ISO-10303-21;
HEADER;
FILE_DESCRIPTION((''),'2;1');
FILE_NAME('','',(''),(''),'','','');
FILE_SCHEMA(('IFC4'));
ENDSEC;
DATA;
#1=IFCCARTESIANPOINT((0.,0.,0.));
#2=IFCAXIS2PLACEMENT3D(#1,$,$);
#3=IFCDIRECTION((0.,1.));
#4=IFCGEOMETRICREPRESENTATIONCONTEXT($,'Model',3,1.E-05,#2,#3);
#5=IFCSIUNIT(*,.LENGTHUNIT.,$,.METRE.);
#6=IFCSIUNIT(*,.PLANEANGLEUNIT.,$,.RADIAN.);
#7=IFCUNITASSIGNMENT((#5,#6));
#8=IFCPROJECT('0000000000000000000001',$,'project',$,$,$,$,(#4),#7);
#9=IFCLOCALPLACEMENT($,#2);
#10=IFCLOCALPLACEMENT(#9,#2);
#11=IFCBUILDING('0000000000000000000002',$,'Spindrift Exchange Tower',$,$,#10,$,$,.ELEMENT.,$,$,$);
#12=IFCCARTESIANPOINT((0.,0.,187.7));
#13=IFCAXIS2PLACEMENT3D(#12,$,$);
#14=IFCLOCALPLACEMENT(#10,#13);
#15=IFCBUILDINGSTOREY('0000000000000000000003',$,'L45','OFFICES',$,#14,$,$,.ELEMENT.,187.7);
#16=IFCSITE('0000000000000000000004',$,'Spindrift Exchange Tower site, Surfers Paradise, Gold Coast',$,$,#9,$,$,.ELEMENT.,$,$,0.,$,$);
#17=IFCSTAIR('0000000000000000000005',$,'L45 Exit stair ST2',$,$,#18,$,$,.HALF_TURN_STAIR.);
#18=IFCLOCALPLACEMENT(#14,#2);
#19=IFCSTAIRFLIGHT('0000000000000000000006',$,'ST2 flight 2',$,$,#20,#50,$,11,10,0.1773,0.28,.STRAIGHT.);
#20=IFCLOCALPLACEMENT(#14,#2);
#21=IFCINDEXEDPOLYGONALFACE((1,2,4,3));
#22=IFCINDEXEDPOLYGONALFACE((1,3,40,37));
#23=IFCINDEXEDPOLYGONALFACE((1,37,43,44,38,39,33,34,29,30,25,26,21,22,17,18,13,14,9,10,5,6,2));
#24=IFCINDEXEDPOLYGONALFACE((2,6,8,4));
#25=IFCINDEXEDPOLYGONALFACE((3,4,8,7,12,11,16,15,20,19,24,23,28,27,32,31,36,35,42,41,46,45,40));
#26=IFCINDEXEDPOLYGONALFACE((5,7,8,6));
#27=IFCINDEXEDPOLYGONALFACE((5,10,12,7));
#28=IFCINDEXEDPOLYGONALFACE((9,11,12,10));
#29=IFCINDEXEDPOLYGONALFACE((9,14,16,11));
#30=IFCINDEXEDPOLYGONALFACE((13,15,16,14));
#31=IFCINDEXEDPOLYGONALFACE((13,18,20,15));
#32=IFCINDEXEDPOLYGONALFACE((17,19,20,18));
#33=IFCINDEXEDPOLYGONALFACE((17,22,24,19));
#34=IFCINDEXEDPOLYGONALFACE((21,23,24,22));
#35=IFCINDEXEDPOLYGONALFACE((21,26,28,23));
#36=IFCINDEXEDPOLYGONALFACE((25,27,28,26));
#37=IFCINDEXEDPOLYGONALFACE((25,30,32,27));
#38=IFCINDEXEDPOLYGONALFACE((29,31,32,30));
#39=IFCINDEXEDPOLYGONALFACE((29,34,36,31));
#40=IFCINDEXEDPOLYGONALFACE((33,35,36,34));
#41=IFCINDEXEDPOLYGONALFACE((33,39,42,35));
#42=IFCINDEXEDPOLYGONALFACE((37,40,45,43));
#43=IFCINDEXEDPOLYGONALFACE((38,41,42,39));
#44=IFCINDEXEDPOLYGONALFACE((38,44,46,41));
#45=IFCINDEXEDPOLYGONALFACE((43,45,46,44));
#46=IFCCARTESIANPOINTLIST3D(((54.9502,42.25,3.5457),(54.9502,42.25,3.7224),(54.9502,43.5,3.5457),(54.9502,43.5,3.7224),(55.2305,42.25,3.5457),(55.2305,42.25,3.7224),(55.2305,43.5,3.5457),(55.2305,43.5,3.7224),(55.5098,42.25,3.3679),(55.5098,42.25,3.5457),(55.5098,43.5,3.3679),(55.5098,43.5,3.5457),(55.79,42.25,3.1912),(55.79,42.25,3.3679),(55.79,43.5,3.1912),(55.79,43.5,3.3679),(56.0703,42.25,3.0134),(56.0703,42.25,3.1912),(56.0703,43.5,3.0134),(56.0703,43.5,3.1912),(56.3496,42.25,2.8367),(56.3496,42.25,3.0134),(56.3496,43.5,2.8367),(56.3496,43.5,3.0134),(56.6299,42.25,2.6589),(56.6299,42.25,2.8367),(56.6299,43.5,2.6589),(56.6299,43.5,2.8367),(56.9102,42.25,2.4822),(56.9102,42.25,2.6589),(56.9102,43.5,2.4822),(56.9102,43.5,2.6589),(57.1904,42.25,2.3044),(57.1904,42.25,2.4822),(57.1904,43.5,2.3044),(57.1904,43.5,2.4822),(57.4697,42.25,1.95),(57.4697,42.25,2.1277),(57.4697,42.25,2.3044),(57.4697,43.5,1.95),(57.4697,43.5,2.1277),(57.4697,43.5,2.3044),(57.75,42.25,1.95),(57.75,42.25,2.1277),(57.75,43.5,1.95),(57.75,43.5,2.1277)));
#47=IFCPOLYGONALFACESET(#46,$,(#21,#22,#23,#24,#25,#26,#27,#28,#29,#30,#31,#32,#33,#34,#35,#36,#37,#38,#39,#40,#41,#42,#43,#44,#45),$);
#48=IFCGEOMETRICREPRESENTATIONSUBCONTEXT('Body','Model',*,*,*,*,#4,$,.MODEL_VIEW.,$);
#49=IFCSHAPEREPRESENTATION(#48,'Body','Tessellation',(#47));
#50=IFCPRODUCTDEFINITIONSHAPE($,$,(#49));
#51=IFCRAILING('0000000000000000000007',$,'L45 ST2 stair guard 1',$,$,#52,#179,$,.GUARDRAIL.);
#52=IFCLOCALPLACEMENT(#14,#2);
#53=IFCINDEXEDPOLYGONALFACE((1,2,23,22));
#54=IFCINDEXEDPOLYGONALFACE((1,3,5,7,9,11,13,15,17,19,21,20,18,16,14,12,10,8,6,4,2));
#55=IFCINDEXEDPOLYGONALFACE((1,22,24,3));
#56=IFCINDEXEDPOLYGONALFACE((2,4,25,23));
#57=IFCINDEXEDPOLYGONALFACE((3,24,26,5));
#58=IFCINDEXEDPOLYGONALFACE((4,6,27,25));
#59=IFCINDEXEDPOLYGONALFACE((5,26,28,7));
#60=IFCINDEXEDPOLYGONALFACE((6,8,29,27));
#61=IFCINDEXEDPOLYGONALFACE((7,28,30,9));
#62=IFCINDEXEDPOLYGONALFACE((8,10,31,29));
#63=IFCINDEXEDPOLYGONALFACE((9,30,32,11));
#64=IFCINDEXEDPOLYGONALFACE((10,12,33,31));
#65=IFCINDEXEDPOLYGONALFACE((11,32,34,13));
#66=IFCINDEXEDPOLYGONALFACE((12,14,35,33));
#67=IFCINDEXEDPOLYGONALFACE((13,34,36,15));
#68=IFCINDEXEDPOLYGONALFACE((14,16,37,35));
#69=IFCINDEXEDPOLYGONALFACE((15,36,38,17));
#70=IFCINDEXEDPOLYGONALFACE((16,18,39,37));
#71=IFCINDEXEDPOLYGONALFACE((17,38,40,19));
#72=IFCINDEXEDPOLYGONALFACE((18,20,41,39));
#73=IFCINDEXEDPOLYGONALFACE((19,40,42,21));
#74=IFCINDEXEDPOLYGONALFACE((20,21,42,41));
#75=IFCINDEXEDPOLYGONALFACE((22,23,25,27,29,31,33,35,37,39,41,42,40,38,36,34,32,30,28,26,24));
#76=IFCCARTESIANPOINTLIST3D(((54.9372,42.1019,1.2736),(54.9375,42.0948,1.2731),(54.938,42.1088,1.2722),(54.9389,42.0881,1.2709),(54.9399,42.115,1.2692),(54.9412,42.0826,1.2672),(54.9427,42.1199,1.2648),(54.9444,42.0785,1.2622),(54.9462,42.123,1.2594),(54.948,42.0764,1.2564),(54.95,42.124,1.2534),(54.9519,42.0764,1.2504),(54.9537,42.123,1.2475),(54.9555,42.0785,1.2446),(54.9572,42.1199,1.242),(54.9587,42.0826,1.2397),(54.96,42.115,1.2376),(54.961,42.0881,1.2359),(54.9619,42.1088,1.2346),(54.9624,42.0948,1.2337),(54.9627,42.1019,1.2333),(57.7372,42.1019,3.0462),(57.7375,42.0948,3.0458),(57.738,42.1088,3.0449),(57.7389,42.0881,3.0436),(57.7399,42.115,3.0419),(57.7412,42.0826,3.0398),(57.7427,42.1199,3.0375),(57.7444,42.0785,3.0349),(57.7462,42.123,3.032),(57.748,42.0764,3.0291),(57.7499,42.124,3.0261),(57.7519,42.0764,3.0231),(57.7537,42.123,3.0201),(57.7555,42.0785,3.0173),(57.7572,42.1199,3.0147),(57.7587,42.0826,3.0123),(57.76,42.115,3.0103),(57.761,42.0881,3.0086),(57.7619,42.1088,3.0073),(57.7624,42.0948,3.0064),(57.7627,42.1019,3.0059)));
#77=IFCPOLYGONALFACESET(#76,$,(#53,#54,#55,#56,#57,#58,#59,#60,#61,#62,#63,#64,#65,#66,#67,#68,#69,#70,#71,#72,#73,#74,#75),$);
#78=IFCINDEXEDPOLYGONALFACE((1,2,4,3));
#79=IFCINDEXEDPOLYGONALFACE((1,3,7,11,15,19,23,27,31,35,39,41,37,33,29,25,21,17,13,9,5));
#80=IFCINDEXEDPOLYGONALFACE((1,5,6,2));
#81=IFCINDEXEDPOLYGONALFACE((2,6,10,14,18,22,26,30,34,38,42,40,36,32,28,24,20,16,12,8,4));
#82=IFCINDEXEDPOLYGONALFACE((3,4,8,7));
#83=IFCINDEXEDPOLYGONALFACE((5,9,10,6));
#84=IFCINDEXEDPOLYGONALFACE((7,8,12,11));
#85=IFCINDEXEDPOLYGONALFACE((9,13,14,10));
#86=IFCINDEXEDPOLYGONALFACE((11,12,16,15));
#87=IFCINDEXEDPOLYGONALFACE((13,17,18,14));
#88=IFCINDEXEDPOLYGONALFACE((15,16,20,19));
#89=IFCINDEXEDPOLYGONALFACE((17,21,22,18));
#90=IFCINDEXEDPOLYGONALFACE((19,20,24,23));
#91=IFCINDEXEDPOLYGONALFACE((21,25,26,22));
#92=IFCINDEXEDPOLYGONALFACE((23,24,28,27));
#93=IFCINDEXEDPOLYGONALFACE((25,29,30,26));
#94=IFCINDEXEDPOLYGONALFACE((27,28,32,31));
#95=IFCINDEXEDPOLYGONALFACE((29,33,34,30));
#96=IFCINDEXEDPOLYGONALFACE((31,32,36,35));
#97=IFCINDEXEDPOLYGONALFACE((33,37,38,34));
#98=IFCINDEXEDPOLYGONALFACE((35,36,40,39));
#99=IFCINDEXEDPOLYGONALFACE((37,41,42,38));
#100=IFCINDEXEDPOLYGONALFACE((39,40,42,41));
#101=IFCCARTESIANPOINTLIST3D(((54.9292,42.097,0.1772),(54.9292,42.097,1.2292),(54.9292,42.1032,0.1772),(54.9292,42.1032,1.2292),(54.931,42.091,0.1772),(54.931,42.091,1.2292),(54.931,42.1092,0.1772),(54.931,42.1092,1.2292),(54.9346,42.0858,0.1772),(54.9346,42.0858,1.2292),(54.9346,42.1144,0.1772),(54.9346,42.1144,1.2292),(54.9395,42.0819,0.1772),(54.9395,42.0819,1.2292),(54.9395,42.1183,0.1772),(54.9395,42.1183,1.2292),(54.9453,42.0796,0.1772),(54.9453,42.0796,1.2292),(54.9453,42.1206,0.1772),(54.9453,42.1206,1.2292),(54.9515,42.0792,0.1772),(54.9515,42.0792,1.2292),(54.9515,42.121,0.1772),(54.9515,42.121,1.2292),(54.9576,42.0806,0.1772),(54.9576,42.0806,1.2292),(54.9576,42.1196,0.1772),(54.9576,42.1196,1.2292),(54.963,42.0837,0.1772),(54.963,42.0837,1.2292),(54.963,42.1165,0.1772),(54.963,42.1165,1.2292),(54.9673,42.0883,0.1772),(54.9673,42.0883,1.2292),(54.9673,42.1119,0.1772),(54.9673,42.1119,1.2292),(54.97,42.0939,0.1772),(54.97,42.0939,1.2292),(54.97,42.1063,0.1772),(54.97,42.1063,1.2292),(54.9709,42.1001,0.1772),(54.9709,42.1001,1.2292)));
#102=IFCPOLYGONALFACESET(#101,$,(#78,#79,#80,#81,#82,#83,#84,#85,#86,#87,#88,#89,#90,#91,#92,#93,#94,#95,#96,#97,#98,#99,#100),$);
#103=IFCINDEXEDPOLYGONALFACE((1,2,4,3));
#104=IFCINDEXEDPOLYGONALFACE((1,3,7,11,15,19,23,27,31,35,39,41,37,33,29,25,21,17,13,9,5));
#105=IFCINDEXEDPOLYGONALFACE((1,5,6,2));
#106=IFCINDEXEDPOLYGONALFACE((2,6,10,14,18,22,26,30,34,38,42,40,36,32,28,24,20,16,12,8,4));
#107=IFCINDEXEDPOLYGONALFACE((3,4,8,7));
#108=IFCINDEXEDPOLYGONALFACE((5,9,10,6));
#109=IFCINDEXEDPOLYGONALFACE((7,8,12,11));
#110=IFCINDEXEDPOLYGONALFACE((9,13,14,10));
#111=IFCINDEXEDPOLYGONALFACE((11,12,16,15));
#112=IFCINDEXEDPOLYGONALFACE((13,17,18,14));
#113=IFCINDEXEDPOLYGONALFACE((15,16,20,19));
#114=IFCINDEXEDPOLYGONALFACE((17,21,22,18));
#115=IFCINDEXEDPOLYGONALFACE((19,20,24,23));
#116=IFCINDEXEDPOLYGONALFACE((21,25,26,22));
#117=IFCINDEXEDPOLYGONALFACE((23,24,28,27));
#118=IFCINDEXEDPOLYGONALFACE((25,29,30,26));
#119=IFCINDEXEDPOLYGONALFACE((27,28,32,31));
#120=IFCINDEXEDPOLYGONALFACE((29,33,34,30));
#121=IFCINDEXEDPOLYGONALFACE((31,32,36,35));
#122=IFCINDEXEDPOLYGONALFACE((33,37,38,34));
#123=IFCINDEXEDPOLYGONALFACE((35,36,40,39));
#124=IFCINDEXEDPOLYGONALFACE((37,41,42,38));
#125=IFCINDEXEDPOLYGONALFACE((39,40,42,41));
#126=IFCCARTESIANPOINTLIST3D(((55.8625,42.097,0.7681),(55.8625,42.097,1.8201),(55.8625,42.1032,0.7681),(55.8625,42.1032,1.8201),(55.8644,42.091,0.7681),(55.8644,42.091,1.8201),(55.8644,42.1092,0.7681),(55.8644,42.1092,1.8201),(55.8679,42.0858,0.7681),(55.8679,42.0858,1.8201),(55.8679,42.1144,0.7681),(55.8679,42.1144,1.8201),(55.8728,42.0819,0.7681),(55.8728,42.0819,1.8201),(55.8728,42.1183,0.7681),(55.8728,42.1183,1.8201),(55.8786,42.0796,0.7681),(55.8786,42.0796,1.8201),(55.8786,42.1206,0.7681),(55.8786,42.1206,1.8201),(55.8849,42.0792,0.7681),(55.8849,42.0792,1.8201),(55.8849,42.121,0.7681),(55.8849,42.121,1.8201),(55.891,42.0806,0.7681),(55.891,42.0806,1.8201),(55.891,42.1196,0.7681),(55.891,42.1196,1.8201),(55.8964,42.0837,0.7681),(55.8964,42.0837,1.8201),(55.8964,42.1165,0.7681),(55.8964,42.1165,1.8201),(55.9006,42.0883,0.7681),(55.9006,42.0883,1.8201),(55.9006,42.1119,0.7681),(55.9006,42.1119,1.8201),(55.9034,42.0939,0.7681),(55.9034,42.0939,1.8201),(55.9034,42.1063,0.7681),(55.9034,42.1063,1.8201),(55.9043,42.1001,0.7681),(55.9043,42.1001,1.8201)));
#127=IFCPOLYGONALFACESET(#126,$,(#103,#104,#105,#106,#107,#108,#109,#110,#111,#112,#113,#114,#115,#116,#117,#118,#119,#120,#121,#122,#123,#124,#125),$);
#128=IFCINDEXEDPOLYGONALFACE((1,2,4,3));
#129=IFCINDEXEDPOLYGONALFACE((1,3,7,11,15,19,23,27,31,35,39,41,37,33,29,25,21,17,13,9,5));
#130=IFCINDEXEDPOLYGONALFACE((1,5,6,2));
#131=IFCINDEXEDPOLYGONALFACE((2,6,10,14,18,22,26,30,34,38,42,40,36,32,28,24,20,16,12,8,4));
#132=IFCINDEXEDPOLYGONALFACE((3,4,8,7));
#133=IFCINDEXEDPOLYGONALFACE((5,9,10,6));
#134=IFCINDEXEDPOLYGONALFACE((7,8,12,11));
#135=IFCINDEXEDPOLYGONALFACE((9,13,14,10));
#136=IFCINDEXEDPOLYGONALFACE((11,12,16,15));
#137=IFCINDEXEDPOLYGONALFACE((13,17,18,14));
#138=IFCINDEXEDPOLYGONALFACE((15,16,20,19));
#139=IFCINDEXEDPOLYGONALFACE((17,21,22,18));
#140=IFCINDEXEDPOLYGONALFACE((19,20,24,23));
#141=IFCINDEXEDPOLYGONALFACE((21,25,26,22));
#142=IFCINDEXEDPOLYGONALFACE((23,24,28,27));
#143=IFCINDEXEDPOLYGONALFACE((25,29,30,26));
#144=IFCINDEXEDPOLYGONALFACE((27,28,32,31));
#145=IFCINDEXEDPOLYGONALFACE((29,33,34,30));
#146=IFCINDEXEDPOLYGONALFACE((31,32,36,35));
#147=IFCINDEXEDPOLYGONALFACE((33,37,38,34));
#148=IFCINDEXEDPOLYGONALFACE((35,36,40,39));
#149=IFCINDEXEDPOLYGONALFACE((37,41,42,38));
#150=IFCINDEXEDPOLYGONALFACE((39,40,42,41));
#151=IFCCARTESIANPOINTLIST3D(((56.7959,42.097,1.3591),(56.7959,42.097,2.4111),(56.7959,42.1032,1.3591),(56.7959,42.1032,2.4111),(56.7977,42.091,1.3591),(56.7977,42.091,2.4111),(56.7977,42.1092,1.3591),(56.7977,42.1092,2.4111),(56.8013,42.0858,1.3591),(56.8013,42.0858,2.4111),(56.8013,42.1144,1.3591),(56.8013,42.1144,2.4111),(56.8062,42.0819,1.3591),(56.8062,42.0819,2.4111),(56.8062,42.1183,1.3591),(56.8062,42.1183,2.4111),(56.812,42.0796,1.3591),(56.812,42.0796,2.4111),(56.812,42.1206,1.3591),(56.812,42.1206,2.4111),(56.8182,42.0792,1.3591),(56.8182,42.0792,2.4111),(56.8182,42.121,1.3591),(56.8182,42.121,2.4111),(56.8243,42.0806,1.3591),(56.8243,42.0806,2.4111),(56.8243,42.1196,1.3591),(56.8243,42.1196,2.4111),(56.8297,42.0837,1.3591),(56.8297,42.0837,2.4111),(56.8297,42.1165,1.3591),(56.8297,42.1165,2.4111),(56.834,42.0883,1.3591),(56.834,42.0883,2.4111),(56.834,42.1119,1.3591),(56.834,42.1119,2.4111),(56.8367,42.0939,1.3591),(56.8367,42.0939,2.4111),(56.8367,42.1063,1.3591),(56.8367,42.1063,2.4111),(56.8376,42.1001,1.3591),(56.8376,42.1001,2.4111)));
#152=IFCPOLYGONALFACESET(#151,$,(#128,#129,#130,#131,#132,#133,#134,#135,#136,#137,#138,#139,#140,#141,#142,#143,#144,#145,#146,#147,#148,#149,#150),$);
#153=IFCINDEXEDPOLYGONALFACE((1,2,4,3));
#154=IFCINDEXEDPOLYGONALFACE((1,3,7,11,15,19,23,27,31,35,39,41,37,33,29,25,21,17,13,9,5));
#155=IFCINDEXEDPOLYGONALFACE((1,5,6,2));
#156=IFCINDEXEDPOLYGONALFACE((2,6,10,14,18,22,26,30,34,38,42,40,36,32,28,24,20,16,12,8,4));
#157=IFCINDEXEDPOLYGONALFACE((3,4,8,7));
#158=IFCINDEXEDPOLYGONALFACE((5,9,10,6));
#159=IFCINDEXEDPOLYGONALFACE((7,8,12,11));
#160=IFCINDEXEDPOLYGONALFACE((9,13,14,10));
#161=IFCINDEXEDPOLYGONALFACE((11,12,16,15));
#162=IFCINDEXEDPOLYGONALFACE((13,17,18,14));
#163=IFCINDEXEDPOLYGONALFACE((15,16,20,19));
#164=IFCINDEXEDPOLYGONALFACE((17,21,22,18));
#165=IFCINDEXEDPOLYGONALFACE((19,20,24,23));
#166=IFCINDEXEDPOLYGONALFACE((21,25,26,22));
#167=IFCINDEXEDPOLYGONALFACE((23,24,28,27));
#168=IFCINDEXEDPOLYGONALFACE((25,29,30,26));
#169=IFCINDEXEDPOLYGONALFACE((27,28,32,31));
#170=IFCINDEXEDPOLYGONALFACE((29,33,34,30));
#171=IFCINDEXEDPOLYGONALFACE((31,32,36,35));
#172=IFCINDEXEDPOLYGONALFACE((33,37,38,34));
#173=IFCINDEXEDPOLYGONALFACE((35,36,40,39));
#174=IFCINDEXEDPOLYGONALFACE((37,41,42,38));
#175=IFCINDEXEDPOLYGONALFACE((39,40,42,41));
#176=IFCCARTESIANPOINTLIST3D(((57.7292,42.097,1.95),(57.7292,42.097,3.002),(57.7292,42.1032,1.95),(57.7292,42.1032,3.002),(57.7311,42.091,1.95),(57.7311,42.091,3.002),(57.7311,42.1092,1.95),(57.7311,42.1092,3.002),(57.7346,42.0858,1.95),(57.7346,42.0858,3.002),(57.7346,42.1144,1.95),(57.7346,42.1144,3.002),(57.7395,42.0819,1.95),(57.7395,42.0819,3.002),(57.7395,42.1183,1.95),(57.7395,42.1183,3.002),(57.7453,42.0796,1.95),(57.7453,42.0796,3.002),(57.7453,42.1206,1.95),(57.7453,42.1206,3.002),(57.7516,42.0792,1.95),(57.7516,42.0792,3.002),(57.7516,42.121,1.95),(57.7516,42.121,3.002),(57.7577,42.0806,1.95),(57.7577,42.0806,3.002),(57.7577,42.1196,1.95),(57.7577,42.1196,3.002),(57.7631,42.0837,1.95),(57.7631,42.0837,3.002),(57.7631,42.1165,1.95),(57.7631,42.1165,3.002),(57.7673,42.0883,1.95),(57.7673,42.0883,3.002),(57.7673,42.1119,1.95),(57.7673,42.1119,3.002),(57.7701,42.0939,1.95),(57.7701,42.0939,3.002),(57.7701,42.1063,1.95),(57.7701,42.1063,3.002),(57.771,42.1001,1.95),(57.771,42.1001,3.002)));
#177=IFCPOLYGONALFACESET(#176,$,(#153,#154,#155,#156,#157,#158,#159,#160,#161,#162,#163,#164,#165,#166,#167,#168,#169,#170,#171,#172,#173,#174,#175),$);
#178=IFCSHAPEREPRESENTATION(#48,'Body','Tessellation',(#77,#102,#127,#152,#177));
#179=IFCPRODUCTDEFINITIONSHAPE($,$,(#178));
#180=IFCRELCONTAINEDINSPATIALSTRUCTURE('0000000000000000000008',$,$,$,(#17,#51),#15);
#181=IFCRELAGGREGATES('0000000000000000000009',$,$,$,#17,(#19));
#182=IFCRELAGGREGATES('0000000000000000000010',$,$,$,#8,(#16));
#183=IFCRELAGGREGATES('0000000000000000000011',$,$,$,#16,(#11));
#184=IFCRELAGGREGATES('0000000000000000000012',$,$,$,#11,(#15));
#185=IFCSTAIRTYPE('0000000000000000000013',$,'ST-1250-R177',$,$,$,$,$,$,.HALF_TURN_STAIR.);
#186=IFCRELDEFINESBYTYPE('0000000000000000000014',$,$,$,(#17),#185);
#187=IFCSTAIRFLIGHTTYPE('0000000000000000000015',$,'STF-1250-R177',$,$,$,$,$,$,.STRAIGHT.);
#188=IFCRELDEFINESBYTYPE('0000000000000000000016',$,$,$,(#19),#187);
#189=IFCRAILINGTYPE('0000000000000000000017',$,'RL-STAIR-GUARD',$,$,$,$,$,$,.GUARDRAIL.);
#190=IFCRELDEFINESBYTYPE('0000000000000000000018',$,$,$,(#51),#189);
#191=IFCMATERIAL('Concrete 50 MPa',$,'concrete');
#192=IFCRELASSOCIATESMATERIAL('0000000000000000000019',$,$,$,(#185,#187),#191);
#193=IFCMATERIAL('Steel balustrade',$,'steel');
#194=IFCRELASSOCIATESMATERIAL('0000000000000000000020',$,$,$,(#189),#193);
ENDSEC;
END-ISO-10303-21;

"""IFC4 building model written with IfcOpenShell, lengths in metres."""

from ifc_helpers import new_model, si_unit, direction, frame, origin, origin_2d, place, context, subcontext, project, spatial, line, indexed_curve, circle, outline, extrude, material, type_object, element, aggregate, save


model = new_model("IFC4")

# Units and contexts
model_context = context("Model", 3, precision=1e-05, world=origin(), true_north=direction((0.0, 1.0)))
body_context = subcontext(model_context, "Body", "Model", "MODEL_VIEW")
ifc_project = project(units=[si_unit("LENGTHUNIT", "METRE"), si_unit("PLANEANGLEUNIT", "RADIAN")], contexts=[model_context])

# Site, building, storey
site_placement = place(None, origin())
site = spatial("IfcSite", under=ifc_project, at=site_placement, Name="Spindrift Exchange Tower site, Surfers Paradise, Gold Coast", CompositionType="ELEMENT", RefElevation=0.0)
building_placement = place(site_placement, origin())
building = spatial("IfcBuilding", under=site, at=building_placement, Name="Spindrift Exchange Tower", CompositionType="ELEMENT")
storey_placement = place(building_placement, frame((0.0, 0.0, 187.7)))
storey = spatial("IfcBuildingStorey", under=building, at=storey_placement, Name="L45", Description="OFFICES", CompositionType="ELEMENT", Elevation=187.7)

# Stair, stair flight
ifc_material_1 = material(Name="Concrete 50 MPa", Category="concrete")
stair_type = type_object("IfcStairType", Name="ST-1250-R177", PredefinedType="HALF_TURN_STAIR", material=ifc_material_1)
stair_placement = place(storey_placement, origin())
stair = element("IfcStair", 1, at=stair_placement, inside=storey, type_object=stair_type, Name="L45 Exit stair ST2", PredefinedType="HALF_TURN_STAIR")
stair_flight_type = type_object("IfcStairFlightType", Name="STF-1250-R177", PredefinedType="STRAIGHT", material=ifc_material_1)
stair_flight_1_placement = place(storey_placement, frame((57.75, 42.875, 1.95), z_axis=(0.0, 0.0, 1.0), x_axis=(-1.0, 0.0, 0.0)))
stair_flight_1 = element("IfcStairFlight", 2, at=stair_flight_1_placement, type_object=stair_flight_type, Name="ST2 flight 2", NumberOfRisers=11, NumberOfTreads=10, PredefinedType="STRAIGHT", RiserHeight=0.1773, TreadLength=0.28, context=body_context, shape_type="SweptSolid", body=[
    extrude(outline(indexed_curve([(0.0, 0.0), (0.0, 0.1777), (0.2803, 0.1777), (0.2803, 0.3545), (0.5596, 0.3545), (0.5596, 0.5322), (0.8398, 0.5322), (0.8398, 0.709), (1.1201, 0.709), (1.1201, 0.8867), (1.4004, 0.8867), (1.4004, 1.0635), (1.6797, 1.0635), (1.6797, 1.2412), (1.96, 1.2412), (1.96, 1.418), (2.2402, 1.418), (2.2402, 1.5957), (2.5195, 1.5957), (2.5195, 1.7725), (2.7998, 1.7725), (2.7998, 1.9502), (2.7998, 1.5957), (0.2803, 0.0)], segments=[line(1, 2, 3, 4, 5, 6, 7, 8, 9, 10, 11, 12, 13, 14, 15, 16, 17, 18, 19, 20, 21, 22, 23, 24, 1)], self_intersect=False)), frame((0.0, 0.625, 0.0), z_axis=(0.0, -1.0, 0.0), x_axis=(1.0, 0.0, 0.0)), (0.0, 0.0, 1.0), 1.25),
])
aggregate(stair, [stair_flight_1])

# Railing
ifc_material_2 = material(Name="Steel balustrade", Category="steel")
railing_type_1 = type_object("IfcRailingType", Name="RL-STAIR-GUARD", PredefinedType="GUARDRAIL", material=ifc_material_2)
railing_1_placement = place(storey_placement, frame((54.95, 42.1001, 0.1772)))
element("IfcRailing", 3, at=railing_1_placement, inside=storey, type_object=railing_type_1, Name="L45 ST2 stair guard 1", PredefinedType="GUARDRAIL", context=body_context, shape_type="SweptSolid", body=[
    extrude(circle(Radius=0.0239, at=origin_2d()), frame((0.0, 0.0, 1.0762), z_axis=(0.844909, 0.0, 0.53491), x_axis=(0.0, 1.0, 0.0)), (0.0, 0.0, 1.0), 3.314),
    extrude(circle(Radius=0.021, at=origin_2d()), origin(), (0.0, 0.0, 1.0), 1.052),
    extrude(circle(Radius=0.021, at=origin_2d()), frame((0.9333, 0.0, 0.5908)), (0.0, 0.0, 1.0), 1.052),
    extrude(circle(Radius=0.021, at=origin_2d()), frame((1.8667, 0.0, 1.1819)), (0.0, 0.0, 1.0), 1.052),
    extrude(circle(Radius=0.021, at=origin_2d()), frame((2.8, 0.0, 1.7727)), (0.0, 0.0, 1.0), 1.052),
])

save(model, "model.ifc")
